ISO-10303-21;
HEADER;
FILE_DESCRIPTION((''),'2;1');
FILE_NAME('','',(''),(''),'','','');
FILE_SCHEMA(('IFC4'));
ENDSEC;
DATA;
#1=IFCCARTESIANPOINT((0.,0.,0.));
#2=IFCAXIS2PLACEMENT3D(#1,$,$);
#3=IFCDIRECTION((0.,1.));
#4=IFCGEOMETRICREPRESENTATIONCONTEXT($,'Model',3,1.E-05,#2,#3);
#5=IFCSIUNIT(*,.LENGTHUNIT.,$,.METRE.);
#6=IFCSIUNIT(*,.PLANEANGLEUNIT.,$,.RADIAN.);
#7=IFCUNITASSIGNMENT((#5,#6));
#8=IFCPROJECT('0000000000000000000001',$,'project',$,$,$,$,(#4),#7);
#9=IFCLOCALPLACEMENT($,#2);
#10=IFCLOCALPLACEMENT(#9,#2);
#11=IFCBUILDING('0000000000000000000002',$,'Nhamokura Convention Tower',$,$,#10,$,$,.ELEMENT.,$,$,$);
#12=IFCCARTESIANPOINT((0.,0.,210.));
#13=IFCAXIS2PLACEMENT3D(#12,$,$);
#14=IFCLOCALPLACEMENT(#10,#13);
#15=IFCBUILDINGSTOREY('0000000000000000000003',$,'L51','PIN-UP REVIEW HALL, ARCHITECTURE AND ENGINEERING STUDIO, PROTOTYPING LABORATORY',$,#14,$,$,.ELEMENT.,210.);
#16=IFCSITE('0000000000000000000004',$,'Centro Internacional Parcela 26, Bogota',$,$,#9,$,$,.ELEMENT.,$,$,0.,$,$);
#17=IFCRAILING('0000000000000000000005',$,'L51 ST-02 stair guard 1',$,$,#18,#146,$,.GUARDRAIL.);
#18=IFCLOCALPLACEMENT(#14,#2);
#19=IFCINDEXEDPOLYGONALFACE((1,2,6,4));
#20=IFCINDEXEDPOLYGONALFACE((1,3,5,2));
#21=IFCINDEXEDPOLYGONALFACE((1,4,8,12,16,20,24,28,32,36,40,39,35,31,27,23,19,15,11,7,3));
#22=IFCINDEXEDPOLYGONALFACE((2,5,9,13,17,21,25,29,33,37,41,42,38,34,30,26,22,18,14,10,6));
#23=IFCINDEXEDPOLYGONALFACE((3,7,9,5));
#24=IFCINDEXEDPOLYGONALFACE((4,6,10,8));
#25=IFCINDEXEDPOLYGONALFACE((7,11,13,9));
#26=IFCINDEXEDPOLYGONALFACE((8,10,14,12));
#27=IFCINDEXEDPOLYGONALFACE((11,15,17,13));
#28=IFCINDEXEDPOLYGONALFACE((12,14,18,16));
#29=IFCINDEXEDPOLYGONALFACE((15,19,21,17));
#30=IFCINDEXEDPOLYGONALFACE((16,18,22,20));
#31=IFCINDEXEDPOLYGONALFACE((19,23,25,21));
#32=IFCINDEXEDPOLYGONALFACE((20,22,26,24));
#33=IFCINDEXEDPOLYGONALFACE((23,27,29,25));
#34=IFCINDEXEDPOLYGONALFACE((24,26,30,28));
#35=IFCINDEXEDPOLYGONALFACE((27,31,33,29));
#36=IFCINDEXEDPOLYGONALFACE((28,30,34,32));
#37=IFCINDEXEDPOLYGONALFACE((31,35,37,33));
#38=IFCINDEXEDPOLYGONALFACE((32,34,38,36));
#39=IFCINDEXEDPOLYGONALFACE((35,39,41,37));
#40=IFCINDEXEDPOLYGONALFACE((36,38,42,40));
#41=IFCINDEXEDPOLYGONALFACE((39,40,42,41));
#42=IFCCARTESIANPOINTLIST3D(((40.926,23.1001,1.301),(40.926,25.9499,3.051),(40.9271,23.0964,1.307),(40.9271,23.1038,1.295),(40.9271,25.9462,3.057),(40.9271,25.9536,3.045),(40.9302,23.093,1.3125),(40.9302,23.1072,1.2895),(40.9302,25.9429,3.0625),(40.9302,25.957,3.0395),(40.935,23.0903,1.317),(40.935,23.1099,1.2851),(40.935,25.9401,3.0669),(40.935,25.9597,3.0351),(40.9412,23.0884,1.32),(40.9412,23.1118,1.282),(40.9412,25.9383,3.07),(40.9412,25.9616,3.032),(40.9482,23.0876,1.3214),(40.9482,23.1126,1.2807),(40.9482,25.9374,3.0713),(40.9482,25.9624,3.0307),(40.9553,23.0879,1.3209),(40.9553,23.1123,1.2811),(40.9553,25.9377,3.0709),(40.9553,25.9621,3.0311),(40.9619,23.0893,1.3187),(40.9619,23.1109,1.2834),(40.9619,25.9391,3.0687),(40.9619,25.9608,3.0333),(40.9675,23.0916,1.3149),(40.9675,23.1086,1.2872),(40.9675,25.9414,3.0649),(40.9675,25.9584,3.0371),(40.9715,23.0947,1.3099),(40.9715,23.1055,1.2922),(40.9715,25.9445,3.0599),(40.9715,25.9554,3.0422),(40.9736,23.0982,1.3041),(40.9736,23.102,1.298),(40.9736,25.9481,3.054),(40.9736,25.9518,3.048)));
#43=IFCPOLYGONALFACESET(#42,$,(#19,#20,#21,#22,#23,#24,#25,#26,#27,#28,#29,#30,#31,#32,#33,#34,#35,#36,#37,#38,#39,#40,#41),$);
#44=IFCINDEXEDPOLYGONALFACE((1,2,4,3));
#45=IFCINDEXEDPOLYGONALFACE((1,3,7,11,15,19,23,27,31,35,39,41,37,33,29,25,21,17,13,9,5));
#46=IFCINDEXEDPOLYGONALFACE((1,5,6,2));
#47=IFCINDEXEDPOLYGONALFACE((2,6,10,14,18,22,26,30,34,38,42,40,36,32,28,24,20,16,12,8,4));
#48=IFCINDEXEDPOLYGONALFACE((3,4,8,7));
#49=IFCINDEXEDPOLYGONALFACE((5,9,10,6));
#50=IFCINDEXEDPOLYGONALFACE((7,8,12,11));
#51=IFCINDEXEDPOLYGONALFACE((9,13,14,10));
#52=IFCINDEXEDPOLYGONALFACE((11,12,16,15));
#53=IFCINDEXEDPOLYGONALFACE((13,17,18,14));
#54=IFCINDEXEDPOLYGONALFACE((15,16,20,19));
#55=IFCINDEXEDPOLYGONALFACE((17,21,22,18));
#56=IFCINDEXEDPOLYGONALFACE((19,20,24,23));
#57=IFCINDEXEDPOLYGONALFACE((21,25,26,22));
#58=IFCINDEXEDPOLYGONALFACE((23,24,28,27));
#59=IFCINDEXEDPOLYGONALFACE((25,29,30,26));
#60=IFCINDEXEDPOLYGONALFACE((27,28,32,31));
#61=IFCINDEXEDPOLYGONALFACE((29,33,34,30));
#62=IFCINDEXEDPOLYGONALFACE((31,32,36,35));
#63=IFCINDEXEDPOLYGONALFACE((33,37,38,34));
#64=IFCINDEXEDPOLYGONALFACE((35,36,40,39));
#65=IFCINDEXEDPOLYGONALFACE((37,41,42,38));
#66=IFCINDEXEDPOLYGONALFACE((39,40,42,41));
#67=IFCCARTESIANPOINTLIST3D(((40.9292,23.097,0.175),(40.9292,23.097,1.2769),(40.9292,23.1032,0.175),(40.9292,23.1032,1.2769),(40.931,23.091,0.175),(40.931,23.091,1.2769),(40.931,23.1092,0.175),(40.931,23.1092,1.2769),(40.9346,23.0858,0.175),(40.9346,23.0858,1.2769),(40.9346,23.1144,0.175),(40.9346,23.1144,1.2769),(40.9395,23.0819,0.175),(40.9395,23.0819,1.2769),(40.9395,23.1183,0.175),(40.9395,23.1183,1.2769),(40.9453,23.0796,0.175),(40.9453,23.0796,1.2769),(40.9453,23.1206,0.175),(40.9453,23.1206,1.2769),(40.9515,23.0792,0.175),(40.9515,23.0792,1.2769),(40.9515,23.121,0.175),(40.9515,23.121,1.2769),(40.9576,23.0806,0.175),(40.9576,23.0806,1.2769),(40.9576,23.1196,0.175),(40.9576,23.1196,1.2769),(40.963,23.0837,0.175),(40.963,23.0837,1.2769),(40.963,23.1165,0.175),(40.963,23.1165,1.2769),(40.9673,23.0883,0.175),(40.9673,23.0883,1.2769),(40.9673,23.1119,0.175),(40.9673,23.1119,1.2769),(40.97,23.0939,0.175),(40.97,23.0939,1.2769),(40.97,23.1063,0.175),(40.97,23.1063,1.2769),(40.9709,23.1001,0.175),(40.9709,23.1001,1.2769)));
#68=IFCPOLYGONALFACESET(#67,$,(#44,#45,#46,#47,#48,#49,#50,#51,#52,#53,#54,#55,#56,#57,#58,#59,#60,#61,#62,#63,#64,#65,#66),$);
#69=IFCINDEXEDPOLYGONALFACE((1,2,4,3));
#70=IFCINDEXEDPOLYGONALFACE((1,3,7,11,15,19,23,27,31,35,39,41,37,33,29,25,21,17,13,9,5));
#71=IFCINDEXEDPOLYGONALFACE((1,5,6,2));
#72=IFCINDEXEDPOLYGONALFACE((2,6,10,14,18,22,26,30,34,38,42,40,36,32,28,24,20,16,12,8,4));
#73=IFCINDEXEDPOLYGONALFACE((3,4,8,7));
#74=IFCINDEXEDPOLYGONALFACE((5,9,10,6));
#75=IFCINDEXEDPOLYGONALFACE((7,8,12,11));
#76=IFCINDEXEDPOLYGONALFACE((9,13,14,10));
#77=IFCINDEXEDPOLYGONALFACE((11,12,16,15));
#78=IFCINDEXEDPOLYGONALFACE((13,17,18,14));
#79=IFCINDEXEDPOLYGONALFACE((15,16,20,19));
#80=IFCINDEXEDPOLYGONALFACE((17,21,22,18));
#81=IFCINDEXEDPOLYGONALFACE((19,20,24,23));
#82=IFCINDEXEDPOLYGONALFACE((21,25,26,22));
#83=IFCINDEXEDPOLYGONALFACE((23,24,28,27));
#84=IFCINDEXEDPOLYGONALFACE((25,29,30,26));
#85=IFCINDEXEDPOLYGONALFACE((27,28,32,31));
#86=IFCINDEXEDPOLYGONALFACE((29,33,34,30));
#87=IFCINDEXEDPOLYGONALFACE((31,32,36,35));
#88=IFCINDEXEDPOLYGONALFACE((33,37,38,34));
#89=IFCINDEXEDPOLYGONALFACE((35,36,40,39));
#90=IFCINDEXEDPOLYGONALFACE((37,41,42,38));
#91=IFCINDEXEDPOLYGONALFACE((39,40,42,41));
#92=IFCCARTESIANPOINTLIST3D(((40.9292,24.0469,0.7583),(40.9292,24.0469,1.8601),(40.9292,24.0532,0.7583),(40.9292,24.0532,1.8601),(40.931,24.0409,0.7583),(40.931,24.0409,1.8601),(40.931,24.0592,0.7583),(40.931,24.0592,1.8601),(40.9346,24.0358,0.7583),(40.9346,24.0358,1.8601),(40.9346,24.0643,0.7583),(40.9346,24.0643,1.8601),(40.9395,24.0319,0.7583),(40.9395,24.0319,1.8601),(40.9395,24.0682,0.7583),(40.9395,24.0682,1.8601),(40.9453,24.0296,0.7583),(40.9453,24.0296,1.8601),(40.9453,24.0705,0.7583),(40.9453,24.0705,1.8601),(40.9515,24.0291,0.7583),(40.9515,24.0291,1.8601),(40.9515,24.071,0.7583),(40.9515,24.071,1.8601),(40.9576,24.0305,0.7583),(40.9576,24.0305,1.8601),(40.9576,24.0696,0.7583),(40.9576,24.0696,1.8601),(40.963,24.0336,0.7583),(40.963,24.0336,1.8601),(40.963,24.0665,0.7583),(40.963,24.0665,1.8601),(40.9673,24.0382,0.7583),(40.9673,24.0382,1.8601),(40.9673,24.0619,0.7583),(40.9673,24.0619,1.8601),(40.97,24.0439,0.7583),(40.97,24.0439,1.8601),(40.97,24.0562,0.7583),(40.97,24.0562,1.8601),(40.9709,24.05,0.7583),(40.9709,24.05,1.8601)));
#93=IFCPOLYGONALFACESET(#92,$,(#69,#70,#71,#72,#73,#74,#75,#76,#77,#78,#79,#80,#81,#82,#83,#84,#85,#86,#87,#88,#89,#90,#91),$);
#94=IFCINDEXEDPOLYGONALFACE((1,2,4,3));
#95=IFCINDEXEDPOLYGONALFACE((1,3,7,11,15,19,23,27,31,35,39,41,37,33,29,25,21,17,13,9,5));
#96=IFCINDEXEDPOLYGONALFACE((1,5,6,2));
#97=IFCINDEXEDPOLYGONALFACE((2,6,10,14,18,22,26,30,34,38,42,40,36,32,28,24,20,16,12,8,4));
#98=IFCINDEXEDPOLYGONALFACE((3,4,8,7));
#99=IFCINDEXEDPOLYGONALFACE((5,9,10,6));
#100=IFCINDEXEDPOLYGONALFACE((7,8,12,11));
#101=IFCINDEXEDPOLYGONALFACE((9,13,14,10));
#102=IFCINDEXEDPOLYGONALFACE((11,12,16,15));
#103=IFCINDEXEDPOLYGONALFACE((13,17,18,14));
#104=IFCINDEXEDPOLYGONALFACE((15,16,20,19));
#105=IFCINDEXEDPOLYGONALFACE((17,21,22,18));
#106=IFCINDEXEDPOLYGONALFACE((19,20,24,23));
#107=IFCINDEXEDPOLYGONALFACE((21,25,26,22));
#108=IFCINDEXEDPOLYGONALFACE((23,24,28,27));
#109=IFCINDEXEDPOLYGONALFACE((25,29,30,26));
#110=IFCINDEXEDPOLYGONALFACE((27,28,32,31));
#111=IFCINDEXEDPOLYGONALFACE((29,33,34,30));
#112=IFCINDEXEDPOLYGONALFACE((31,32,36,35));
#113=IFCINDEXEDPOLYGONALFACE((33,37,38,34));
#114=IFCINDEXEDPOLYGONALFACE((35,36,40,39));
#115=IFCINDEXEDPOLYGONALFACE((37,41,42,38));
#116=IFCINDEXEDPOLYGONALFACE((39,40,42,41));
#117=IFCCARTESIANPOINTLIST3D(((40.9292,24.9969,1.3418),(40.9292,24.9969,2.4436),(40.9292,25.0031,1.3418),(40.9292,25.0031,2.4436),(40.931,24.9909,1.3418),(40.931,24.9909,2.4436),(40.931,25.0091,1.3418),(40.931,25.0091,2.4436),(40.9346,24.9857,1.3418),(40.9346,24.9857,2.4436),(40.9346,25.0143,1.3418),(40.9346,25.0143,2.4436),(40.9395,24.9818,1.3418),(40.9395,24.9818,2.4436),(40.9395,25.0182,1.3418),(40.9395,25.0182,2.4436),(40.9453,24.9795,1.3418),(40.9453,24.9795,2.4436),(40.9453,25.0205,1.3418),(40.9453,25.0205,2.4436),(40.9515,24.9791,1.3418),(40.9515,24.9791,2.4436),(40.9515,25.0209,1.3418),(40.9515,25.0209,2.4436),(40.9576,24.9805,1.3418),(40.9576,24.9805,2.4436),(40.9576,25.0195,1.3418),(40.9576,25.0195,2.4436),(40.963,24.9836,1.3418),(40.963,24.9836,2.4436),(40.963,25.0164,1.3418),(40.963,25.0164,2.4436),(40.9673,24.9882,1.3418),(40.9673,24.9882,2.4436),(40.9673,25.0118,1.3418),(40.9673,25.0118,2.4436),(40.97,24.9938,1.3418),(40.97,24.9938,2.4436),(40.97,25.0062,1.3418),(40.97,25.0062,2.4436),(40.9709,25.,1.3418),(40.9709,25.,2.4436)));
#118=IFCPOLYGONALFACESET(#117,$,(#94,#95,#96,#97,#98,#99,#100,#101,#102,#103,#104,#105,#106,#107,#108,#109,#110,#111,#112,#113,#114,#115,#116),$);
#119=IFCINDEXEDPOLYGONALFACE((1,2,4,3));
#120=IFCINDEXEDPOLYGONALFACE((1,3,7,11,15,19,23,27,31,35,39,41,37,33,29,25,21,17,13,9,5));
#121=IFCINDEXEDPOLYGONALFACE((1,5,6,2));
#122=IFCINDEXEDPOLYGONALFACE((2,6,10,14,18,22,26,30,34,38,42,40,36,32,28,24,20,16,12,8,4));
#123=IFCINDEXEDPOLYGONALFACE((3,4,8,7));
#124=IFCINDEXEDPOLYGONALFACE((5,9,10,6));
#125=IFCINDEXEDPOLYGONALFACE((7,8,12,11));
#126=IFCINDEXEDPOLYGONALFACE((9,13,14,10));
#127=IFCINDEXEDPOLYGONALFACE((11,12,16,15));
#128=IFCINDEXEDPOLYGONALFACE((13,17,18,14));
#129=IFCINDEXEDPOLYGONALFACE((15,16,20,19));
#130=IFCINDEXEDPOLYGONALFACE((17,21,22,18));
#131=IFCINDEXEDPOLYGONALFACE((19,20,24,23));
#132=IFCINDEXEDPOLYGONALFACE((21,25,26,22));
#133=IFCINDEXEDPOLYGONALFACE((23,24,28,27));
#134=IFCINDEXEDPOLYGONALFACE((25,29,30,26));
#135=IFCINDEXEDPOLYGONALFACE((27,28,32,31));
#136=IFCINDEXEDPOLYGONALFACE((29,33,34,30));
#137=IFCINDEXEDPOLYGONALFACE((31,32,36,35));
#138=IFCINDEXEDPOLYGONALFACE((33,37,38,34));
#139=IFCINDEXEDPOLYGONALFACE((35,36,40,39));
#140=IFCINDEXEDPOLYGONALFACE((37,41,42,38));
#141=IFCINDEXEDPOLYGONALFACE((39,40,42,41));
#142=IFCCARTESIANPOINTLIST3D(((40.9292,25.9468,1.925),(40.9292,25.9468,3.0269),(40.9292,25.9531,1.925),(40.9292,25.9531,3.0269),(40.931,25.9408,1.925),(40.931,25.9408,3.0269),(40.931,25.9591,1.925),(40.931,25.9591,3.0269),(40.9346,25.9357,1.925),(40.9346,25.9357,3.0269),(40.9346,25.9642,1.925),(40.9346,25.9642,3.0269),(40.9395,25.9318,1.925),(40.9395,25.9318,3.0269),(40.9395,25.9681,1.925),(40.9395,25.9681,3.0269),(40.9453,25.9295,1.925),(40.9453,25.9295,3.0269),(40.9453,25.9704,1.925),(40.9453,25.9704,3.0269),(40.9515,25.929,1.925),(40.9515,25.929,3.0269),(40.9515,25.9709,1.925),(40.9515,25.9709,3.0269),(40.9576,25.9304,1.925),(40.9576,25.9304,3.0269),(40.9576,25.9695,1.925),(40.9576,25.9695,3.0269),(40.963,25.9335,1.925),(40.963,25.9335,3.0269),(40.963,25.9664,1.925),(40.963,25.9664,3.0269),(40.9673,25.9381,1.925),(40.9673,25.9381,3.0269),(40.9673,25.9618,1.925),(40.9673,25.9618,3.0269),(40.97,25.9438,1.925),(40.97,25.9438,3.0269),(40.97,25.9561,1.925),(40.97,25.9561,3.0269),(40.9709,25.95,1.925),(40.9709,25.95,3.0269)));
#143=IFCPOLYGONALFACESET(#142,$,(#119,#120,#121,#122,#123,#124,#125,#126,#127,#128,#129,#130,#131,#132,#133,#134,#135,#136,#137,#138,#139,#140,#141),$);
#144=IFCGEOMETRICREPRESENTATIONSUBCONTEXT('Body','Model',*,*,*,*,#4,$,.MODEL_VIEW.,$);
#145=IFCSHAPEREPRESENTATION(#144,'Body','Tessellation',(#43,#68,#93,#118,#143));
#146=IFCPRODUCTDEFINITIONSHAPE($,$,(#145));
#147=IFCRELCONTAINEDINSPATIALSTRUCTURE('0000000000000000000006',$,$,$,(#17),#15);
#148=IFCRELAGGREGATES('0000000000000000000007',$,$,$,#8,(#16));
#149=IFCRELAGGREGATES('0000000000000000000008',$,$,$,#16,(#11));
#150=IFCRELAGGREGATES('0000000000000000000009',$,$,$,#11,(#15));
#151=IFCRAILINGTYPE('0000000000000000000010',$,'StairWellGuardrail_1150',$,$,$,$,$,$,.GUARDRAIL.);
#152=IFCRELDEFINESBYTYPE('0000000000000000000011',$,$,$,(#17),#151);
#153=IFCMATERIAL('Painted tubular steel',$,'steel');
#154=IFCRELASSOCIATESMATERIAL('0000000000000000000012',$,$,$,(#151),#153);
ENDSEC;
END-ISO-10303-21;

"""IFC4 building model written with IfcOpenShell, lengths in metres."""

from ifc_helpers import new_model, si_unit, direction, frame, origin, origin_2d, place, context, subcontext, project, spatial, circle, extrude, material, type_object, element, save


model = new_model("IFC4")

# Units and contexts
model_context = context("Model", 3, precision=1e-05, world=origin(), true_north=direction((0.0, 1.0)))
body_context = subcontext(model_context, "Body", "Model", "MODEL_VIEW")
ifc_project = project(units=[si_unit("LENGTHUNIT", "METRE"), si_unit("PLANEANGLEUNIT", "RADIAN")], contexts=[model_context])

# Site, building, storey
site_placement = place(None, origin())
site = spatial("IfcSite", under=ifc_project, at=site_placement, Name="Centro Internacional Parcela 26, Bogota", CompositionType="ELEMENT", RefElevation=0.0)
building_placement = place(site_placement, origin())
building = spatial("IfcBuilding", under=site, at=building_placement, Name="Nhamokura Convention Tower", CompositionType="ELEMENT")
storey_placement = place(building_placement, frame((0.0, 0.0, 210.0)))
storey = spatial("IfcBuildingStorey", under=building, at=storey_placement, Name="L51", Description="PIN-UP REVIEW HALL, ARCHITECTURE AND ENGINEERING STUDIO, PROTOTYPING LABORATORY", CompositionType="ELEMENT", Elevation=210.0)

# Railing
ifc_material_1 = material(Name="Painted tubular steel", Category="steel")
railing_type_1 = type_object("IfcRailingType", Name="StairWellGuardrail_1150", PredefinedType="GUARDRAIL", material=ifc_material_1)
railing_1_placement = place(storey_placement, frame((40.95, 23.1001, 0.175)))
element("IfcRailing", 1, at=railing_1_placement, inside=storey, type_object=railing_type_1, Name="L51 ST-02 stair guard 1", PredefinedType="GUARDRAIL", context=body_context, shape_type="SweptSolid", body=[
    extrude(circle(Radius=0.0239, at=origin_2d()), frame((0.0, 0.0, 1.126), z_axis=(0.0, 0.852159, 0.523283), x_axis=(-1.0, 0.0, 0.0)), (0.0, 0.0, 1.0), 3.3442),
    extrude(circle(Radius=0.021, at=origin_2d()), origin(), (0.0, 0.0, 1.0), 1.1018),
    extrude(circle(Radius=0.021, at=origin_2d()), frame((0.0, 0.95, 0.5833)), (0.0, 0.0, 1.0), 1.1018),
    extrude(circle(Radius=0.021, at=origin_2d()), frame((0.0, 1.8999, 1.1667)), (0.0, 0.0, 1.0), 1.1018),
    extrude(circle(Radius=0.021, at=origin_2d()), frame((0.0, 2.8499, 1.75)), (0.0, 0.0, 1.0), 1.1018),
])

save(model, "model.ifc")
